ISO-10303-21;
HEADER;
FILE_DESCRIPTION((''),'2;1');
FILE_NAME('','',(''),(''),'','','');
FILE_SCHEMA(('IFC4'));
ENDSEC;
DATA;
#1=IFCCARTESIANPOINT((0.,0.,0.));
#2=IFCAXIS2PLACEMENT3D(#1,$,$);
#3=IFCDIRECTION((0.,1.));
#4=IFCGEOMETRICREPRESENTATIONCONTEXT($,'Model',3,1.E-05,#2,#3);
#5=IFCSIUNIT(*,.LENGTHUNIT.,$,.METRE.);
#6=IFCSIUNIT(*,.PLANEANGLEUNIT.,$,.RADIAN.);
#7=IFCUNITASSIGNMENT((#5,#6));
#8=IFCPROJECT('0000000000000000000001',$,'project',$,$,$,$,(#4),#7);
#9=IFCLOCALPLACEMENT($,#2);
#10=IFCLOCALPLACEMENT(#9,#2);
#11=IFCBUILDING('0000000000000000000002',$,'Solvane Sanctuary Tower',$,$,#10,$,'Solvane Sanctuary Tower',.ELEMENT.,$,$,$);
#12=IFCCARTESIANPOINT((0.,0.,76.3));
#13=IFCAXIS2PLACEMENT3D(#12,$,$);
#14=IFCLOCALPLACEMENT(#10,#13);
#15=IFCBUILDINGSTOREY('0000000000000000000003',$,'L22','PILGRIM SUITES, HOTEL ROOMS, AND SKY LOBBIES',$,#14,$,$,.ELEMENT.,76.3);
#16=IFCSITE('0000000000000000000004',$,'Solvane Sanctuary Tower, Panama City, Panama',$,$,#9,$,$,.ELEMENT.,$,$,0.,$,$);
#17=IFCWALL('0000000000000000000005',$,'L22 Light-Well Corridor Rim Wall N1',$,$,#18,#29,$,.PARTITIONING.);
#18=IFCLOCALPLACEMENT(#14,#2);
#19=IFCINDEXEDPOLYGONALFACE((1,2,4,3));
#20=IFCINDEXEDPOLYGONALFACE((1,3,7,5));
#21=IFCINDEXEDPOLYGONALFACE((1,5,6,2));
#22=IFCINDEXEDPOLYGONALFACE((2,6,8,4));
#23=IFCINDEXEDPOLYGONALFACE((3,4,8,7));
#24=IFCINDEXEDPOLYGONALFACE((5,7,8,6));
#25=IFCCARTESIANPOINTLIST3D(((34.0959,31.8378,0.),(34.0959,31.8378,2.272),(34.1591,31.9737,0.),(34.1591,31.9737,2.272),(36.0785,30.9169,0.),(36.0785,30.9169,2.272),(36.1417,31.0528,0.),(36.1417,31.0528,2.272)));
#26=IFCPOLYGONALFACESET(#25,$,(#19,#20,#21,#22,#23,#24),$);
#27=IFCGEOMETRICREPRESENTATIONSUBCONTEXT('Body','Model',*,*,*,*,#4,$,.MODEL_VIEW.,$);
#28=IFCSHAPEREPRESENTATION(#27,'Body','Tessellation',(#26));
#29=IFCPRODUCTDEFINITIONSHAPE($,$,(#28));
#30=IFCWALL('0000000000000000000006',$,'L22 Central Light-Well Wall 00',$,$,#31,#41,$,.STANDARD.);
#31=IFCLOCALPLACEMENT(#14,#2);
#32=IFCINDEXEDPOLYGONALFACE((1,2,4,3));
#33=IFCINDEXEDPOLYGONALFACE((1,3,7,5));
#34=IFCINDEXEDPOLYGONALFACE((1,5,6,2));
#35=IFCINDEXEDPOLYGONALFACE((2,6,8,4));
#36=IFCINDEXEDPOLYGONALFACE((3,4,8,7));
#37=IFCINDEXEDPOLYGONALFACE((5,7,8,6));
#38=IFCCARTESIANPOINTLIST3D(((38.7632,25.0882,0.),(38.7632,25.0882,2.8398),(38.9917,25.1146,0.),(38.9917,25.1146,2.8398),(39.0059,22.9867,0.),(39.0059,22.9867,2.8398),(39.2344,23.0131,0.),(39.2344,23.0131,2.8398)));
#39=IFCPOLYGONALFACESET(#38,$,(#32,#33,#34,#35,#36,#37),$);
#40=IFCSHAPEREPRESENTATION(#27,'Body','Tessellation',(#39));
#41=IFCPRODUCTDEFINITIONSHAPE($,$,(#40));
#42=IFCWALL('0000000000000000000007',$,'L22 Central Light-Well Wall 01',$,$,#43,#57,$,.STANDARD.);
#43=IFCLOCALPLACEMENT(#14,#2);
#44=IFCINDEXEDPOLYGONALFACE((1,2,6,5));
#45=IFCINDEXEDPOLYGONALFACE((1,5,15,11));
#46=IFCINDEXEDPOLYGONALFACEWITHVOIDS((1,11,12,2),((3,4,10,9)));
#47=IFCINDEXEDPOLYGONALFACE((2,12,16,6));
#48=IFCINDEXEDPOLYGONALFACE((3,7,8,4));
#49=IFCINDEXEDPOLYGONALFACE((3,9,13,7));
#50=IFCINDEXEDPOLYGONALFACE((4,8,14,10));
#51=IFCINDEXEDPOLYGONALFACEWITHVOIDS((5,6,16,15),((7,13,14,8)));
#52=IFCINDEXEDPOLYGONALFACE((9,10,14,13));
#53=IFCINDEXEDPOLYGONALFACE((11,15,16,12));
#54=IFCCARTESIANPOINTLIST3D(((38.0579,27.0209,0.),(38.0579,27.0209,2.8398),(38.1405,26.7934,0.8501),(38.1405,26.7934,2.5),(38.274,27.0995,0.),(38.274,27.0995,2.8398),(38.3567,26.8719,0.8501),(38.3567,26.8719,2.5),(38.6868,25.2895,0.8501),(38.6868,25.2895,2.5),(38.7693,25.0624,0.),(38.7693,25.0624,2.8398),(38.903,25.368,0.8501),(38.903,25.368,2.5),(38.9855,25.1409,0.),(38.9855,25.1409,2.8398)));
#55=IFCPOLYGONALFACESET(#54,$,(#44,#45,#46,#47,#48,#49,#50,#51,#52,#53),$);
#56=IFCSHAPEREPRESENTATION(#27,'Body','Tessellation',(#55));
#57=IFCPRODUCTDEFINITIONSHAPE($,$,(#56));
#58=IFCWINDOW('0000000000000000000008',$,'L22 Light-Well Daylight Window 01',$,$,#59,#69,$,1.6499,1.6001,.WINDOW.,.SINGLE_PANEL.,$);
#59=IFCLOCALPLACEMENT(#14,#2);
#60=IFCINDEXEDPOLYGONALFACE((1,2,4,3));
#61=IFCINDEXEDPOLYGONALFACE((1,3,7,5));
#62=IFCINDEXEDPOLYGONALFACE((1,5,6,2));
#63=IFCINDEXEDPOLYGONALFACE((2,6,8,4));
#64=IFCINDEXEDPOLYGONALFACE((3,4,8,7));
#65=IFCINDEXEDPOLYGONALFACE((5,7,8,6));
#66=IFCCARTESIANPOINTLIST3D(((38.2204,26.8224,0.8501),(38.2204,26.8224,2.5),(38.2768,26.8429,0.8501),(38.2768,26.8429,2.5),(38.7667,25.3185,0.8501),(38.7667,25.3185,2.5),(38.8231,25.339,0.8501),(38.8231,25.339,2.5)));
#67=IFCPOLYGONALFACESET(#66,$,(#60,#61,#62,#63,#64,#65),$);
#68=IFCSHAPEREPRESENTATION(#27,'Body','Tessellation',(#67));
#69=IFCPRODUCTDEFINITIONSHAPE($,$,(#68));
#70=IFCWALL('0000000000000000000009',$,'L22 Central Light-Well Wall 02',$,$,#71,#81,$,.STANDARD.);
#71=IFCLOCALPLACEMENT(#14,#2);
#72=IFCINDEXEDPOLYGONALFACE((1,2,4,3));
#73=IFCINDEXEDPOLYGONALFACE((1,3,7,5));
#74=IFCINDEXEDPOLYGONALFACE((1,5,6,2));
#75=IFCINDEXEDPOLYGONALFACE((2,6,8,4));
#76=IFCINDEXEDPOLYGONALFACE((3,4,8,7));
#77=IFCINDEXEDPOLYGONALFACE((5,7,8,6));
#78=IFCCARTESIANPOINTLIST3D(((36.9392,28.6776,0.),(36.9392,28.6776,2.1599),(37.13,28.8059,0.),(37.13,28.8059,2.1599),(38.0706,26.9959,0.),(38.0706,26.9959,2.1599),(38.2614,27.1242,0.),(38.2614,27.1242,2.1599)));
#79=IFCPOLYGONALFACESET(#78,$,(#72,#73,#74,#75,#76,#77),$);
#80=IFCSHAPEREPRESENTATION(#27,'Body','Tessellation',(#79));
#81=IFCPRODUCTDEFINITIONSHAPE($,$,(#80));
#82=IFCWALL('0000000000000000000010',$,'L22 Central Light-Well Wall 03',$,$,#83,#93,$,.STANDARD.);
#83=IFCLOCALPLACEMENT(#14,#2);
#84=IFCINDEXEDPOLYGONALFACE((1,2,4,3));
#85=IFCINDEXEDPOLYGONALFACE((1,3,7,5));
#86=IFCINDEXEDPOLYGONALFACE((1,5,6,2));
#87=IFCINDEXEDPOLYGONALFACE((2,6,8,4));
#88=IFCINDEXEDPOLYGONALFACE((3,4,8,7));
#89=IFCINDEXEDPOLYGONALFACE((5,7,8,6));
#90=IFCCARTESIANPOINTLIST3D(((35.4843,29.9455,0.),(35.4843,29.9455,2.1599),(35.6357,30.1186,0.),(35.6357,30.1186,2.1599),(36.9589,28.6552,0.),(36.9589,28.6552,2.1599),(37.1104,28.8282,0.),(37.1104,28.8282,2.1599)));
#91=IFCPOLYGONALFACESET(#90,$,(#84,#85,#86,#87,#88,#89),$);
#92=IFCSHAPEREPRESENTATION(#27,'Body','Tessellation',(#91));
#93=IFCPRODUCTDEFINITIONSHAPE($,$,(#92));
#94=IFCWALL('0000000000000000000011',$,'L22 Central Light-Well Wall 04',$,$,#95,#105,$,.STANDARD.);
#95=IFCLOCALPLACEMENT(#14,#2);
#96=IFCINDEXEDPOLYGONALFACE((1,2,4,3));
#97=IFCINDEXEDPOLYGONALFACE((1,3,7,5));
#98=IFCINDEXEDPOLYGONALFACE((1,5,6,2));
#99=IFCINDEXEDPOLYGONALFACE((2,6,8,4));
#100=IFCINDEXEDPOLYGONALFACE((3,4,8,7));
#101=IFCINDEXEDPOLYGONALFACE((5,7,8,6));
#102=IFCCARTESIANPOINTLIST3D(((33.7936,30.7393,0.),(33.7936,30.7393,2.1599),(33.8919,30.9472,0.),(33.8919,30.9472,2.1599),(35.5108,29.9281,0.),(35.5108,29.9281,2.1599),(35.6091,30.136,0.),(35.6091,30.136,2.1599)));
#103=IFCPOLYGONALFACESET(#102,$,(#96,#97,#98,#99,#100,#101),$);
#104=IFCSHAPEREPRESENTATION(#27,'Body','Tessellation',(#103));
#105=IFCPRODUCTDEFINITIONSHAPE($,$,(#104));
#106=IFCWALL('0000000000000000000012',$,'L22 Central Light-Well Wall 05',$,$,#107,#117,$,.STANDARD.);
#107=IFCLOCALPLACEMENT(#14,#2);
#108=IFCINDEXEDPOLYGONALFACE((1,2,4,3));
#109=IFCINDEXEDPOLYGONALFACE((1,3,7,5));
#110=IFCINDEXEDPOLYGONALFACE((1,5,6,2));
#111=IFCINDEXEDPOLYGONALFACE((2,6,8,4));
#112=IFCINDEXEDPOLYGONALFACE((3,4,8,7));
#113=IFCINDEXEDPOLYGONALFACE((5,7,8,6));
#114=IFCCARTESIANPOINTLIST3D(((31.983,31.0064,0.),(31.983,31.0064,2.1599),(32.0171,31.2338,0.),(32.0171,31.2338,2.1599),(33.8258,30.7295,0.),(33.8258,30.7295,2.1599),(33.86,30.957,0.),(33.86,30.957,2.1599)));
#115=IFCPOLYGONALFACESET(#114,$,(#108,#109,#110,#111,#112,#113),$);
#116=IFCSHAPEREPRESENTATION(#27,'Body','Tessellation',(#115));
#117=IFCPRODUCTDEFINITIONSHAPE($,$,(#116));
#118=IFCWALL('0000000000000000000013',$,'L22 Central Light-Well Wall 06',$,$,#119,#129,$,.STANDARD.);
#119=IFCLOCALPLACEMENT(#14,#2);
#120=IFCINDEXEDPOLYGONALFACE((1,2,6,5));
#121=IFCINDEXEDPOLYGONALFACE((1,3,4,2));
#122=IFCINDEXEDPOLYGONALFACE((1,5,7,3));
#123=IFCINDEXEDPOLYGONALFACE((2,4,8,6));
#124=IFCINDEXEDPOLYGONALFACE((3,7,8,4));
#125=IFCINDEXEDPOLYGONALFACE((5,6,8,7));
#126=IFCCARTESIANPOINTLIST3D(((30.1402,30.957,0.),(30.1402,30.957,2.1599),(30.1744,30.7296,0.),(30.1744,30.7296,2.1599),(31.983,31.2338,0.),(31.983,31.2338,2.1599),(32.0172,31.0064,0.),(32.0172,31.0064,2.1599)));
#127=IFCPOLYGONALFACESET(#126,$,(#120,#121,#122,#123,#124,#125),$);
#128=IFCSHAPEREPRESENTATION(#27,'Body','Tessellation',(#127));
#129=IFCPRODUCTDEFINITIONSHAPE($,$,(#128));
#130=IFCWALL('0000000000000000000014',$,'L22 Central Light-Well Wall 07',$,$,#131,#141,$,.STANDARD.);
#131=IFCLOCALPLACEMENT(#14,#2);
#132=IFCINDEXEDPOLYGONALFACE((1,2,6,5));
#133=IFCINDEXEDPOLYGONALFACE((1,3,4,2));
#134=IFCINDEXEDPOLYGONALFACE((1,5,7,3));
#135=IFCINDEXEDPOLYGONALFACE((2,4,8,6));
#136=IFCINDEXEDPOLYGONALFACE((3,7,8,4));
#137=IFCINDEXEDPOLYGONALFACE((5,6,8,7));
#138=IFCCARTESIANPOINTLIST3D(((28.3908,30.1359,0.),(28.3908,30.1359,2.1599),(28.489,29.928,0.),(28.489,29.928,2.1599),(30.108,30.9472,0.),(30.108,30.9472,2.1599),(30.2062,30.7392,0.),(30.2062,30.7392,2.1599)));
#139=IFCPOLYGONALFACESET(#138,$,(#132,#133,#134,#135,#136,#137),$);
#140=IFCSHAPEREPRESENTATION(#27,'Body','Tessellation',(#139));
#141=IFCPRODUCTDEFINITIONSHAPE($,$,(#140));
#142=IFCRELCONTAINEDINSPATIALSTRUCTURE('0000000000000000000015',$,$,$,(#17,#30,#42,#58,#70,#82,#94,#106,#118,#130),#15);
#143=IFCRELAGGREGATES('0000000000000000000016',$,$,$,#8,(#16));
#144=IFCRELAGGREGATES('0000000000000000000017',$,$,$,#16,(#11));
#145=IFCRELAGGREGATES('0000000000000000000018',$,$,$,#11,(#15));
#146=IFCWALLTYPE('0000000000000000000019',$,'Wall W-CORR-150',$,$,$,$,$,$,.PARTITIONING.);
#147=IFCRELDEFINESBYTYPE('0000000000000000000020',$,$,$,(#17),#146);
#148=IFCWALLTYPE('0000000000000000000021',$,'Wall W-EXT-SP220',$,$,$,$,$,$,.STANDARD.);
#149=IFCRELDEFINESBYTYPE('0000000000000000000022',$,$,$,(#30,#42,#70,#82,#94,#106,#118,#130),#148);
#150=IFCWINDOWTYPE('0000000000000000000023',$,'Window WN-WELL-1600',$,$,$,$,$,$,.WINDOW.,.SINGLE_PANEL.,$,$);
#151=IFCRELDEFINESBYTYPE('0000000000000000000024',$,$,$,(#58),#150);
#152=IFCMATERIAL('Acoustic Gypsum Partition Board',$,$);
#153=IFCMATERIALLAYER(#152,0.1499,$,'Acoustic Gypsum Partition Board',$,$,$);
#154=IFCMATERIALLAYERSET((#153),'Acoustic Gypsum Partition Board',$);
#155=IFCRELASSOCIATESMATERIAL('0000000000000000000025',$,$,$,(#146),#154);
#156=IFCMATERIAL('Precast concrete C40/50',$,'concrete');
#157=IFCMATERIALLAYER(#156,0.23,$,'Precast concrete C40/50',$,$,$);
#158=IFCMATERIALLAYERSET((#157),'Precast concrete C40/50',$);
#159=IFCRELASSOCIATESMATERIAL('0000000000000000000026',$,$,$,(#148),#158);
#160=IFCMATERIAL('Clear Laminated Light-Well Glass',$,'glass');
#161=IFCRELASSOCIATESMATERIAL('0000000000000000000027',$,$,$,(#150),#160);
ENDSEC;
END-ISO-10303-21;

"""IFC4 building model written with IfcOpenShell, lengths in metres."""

from ifc_helpers import new_model, si_unit, direction, frame, frame_2d, origin, place, context, subcontext, project, spatial, rectangle, extrude, material, layer, layer_set, type_object, element, fill, save


model = new_model("IFC4")

# Units and contexts
model_context = context("Model", 3, precision=1e-05, world=origin(), true_north=direction((0.0, 1.0)))
body_context = subcontext(model_context, "Body", "Model", "MODEL_VIEW")
ifc_project = project(units=[si_unit("LENGTHUNIT", "METRE"), si_unit("PLANEANGLEUNIT", "RADIAN")], contexts=[model_context])

# Site, building, storey
site_placement = place(None, origin())
site = spatial("IfcSite", under=ifc_project, at=site_placement, Name="Solvane Sanctuary Tower, Panama City, Panama", CompositionType="ELEMENT", RefElevation=0.0)
building_placement = place(site_placement, origin())
building = spatial("IfcBuilding", under=site, at=building_placement, Name="Solvane Sanctuary Tower", LongName="Solvane Sanctuary Tower", CompositionType="ELEMENT")
storey_placement = place(building_placement, frame((0.0, 0.0, 76.3)))
storey = spatial("IfcBuildingStorey", under=building, at=storey_placement, Name="L22", Description="PILGRIM SUITES, HOTEL ROOMS, AND SKY LOBBIES", CompositionType="ELEMENT", Elevation=76.3)

# Shared definitions
ifc_material_1 = material(Name="Acoustic Gypsum Partition Board")
ifc_layer_1 = layer(ifc_material_1, 0.1499, Name="Acoustic Gypsum Partition Board")
ifc_layer_set_1 = layer_set([ifc_layer_1], Name="Acoustic Gypsum Partition Board")
wall_type_1 = type_object("IfcWallType", Name="Wall W-CORR-150", PredefinedType="PARTITIONING", material=ifc_layer_set_1)

# Walls
wall_1_placement = place(storey_placement, frame((36.1101, 30.9849, 0.0), z_axis=(0.0, 0.0, 1.0), x_axis=(-0.906943, 0.421252, 0.0)))
element("IfcWall", 1, at=wall_1_placement, inside=storey, type_object=wall_type_1, Name="L22 Light-Well Corridor Rim Wall N1", PredefinedType="PARTITIONING", context=body_context, shape_type="SweptSolid", body=[
    extrude(rectangle(XDim=2.186, YDim=0.1499, at=frame_2d((1.093, 0.0))), origin(), (0.0, 0.0, 1.0), 2.272),
])
ifc_material_2 = material(Name="Precast concrete C40/50", Category="concrete")
ifc_layer_2 = layer(ifc_material_2, 0.23, Name="Precast concrete C40/50")
ifc_layer_set_2 = layer_set([ifc_layer_2], Name="Precast concrete C40/50")
wall_type_2 = type_object("IfcWallType", Name="Wall W-EXT-SP220", PredefinedType="STANDARD", material=ifc_layer_set_2)
wall_2_placement = place(storey_placement, frame((39.1201, 23.0, 0.0), z_axis=(0.0, 0.0, 1.0), x_axis=(-0.114712, 0.993399, 0.0)))
element("IfcWall", 2, at=wall_2_placement, inside=storey, type_object=wall_type_2, Name="L22 Central Light-Well Wall 00", PredefinedType="STANDARD", context=body_context, shape_type="SweptSolid", body=[
    extrude(rectangle(XDim=2.1155, YDim=0.23, at=frame_2d((1.0576, 0.0))), origin(), (0.0, 0.0, 1.0), 2.8398),
])

# Wall, opening, window
wall_3_placement = place(storey_placement, frame((38.8774, 25.1016, 0.0), z_axis=(0.0, 0.0, 1.0), x_axis=(-0.341423, 0.93991, 0.0)))
wall_3 = element("IfcWall", 3, at=wall_3_placement, inside=storey, type_object=wall_type_2, Name="L22 Central Light-Well Wall 01", PredefinedType="STANDARD", context=body_context, shape_type="SweptSolid", body=[
    extrude(rectangle(XDim=2.0837, YDim=0.23, at=frame_2d((1.042, 0.0))), origin(), (0.0, 0.0, 1.0), 2.8398),
])
opening_1_placement = place(wall_3_placement, frame((0.2417, 0.0, 0.8501)))
opening_1 = element("IfcOpeningElement", 4, at=opening_1_placement, cuts=wall_3, PredefinedType="OPENING", context=body_context, shape_type="SweptSolid", body=[
    extrude(rectangle(XDim=1.6001, YDim=1.6499, at=frame_2d((0.8, 0.825))), frame((0.0, 0.125, 0.0), z_axis=(0.0, -1.0, 0.0), x_axis=(1.0, 0.0, 0.0)), (0.0, 0.0, 1.0), 0.25),
])
ifc_material_3 = material(Name="Clear Laminated Light-Well Glass", Category="glass")
window_type = type_object("IfcWindowType", Name="Window WN-WELL-1600", PartitioningType="SINGLE_PANEL", PredefinedType="WINDOW", material=ifc_material_3)
window_placement = place(opening_1_placement, origin())
window = element("IfcWindow", 5, at=window_placement, inside=storey, type_object=window_type, Name="L22 Light-Well Daylight Window 01", OverallHeight=1.6499, OverallWidth=1.6001, PartitioningType="SINGLE_PANEL", PredefinedType="WINDOW", context=body_context, shape_type="SweptSolid", body=[
    extrude(rectangle(XDim=1.6001, YDim=1.6499, at=frame_2d((0.8, 0.825))), frame((0.0, 0.03, 0.0), z_axis=(0.0, -1.0, 0.0), x_axis=(1.0, 0.0, 0.0)), (0.0, 0.0, 1.0), 0.0601),
])
fill(opening_1, window)

# Walls
wall_4_placement = place(storey_placement, frame((38.166, 27.0601, 0.0), z_axis=(0.0, 0.0, 1.0), x_axis=(-0.558198, 0.829708, 0.0)))
element("IfcWall", 6, at=wall_4_placement, inside=storey, type_object=wall_type_2, Name="L22 Central Light-Well Wall 02", PredefinedType="STANDARD", context=body_context, shape_type="SweptSolid", body=[
    extrude(rectangle(XDim=2.0269, YDim=0.23, at=frame_2d((1.0134, 0.0))), origin(), (0.0, 0.0, 1.0), 2.1599),
])
wall_5_placement = place(storey_placement, frame((37.0347, 28.7417, 0.0), z_axis=(0.0, 0.0, 1.0), x_axis=(-0.752577, 0.658505, 0.0)))
element("IfcWall", 7, at=wall_5_placement, inside=storey, type_object=wall_type_2, Name="L22 Central Light-Well Wall 03", PredefinedType="STANDARD", context=body_context, shape_type="SweptSolid", body=[
    extrude(rectangle(XDim=1.9595, YDim=0.23, at=frame_2d((0.9797, 0.0))), origin(), (0.0, 0.0, 1.0), 2.1599),
])
wall_6_placement = place(storey_placement, frame((35.5601, 30.032, 0.0), z_axis=(0.0, 0.0, 1.0), x_axis=(-0.90418, 0.427152, 0.0)))
element("IfcWall", 8, at=wall_6_placement, inside=storey, type_object=wall_type_2, Name="L22 Central Light-Well Wall 04", PredefinedType="STANDARD", context=body_context, shape_type="SweptSolid", body=[
    extrude(rectangle(XDim=1.8992, YDim=0.23, at=frame_2d((0.9497, 0.0))), origin(), (0.0, 0.0, 1.0), 2.1599),
])
for number, where, z_axis, x_axis, name in (
    (9, (33.8428, 30.8433, 0.0), (0.0, 0.0, 1.0), (-0.988902, 0.148571, 0.0), "L22 Central Light-Well Wall 05"),
    (10, (32.0, 31.1201, 0.0), (0.0, 0.0, 1.0), (-0.988902, -0.148571, 0.0), "L22 Central Light-Well Wall 06"),
):
    element("IfcWall", number, at=place(storey_placement, frame(where, z_axis=z_axis, x_axis=x_axis)), inside=storey, type_object=wall_type_2, Name=name, PredefinedType="STANDARD", context=body_context, shape_type="SweptSolid", body=[
        extrude(rectangle(XDim=1.8635, YDim=0.23, at=frame_2d((0.9316, 0.0))), origin(), (0.0, 0.0, 1.0), 2.1599),
    ])
wall_7_placement = place(storey_placement, frame((30.1572, 30.8433, 0.0), z_axis=(0.0, 0.0, 1.0), x_axis=(-0.90418, -0.427152, 0.0)))
element("IfcWall", 11, at=wall_7_placement, inside=storey, type_object=wall_type_2, Name="L22 Central Light-Well Wall 07", PredefinedType="STANDARD", context=body_context, shape_type="SweptSolid", body=[
    extrude(rectangle(XDim=1.8992, YDim=0.23, at=frame_2d((0.9497, 0.0))), origin(), (0.0, 0.0, 1.0), 2.1599),
])

save(model, "model.ifc")
